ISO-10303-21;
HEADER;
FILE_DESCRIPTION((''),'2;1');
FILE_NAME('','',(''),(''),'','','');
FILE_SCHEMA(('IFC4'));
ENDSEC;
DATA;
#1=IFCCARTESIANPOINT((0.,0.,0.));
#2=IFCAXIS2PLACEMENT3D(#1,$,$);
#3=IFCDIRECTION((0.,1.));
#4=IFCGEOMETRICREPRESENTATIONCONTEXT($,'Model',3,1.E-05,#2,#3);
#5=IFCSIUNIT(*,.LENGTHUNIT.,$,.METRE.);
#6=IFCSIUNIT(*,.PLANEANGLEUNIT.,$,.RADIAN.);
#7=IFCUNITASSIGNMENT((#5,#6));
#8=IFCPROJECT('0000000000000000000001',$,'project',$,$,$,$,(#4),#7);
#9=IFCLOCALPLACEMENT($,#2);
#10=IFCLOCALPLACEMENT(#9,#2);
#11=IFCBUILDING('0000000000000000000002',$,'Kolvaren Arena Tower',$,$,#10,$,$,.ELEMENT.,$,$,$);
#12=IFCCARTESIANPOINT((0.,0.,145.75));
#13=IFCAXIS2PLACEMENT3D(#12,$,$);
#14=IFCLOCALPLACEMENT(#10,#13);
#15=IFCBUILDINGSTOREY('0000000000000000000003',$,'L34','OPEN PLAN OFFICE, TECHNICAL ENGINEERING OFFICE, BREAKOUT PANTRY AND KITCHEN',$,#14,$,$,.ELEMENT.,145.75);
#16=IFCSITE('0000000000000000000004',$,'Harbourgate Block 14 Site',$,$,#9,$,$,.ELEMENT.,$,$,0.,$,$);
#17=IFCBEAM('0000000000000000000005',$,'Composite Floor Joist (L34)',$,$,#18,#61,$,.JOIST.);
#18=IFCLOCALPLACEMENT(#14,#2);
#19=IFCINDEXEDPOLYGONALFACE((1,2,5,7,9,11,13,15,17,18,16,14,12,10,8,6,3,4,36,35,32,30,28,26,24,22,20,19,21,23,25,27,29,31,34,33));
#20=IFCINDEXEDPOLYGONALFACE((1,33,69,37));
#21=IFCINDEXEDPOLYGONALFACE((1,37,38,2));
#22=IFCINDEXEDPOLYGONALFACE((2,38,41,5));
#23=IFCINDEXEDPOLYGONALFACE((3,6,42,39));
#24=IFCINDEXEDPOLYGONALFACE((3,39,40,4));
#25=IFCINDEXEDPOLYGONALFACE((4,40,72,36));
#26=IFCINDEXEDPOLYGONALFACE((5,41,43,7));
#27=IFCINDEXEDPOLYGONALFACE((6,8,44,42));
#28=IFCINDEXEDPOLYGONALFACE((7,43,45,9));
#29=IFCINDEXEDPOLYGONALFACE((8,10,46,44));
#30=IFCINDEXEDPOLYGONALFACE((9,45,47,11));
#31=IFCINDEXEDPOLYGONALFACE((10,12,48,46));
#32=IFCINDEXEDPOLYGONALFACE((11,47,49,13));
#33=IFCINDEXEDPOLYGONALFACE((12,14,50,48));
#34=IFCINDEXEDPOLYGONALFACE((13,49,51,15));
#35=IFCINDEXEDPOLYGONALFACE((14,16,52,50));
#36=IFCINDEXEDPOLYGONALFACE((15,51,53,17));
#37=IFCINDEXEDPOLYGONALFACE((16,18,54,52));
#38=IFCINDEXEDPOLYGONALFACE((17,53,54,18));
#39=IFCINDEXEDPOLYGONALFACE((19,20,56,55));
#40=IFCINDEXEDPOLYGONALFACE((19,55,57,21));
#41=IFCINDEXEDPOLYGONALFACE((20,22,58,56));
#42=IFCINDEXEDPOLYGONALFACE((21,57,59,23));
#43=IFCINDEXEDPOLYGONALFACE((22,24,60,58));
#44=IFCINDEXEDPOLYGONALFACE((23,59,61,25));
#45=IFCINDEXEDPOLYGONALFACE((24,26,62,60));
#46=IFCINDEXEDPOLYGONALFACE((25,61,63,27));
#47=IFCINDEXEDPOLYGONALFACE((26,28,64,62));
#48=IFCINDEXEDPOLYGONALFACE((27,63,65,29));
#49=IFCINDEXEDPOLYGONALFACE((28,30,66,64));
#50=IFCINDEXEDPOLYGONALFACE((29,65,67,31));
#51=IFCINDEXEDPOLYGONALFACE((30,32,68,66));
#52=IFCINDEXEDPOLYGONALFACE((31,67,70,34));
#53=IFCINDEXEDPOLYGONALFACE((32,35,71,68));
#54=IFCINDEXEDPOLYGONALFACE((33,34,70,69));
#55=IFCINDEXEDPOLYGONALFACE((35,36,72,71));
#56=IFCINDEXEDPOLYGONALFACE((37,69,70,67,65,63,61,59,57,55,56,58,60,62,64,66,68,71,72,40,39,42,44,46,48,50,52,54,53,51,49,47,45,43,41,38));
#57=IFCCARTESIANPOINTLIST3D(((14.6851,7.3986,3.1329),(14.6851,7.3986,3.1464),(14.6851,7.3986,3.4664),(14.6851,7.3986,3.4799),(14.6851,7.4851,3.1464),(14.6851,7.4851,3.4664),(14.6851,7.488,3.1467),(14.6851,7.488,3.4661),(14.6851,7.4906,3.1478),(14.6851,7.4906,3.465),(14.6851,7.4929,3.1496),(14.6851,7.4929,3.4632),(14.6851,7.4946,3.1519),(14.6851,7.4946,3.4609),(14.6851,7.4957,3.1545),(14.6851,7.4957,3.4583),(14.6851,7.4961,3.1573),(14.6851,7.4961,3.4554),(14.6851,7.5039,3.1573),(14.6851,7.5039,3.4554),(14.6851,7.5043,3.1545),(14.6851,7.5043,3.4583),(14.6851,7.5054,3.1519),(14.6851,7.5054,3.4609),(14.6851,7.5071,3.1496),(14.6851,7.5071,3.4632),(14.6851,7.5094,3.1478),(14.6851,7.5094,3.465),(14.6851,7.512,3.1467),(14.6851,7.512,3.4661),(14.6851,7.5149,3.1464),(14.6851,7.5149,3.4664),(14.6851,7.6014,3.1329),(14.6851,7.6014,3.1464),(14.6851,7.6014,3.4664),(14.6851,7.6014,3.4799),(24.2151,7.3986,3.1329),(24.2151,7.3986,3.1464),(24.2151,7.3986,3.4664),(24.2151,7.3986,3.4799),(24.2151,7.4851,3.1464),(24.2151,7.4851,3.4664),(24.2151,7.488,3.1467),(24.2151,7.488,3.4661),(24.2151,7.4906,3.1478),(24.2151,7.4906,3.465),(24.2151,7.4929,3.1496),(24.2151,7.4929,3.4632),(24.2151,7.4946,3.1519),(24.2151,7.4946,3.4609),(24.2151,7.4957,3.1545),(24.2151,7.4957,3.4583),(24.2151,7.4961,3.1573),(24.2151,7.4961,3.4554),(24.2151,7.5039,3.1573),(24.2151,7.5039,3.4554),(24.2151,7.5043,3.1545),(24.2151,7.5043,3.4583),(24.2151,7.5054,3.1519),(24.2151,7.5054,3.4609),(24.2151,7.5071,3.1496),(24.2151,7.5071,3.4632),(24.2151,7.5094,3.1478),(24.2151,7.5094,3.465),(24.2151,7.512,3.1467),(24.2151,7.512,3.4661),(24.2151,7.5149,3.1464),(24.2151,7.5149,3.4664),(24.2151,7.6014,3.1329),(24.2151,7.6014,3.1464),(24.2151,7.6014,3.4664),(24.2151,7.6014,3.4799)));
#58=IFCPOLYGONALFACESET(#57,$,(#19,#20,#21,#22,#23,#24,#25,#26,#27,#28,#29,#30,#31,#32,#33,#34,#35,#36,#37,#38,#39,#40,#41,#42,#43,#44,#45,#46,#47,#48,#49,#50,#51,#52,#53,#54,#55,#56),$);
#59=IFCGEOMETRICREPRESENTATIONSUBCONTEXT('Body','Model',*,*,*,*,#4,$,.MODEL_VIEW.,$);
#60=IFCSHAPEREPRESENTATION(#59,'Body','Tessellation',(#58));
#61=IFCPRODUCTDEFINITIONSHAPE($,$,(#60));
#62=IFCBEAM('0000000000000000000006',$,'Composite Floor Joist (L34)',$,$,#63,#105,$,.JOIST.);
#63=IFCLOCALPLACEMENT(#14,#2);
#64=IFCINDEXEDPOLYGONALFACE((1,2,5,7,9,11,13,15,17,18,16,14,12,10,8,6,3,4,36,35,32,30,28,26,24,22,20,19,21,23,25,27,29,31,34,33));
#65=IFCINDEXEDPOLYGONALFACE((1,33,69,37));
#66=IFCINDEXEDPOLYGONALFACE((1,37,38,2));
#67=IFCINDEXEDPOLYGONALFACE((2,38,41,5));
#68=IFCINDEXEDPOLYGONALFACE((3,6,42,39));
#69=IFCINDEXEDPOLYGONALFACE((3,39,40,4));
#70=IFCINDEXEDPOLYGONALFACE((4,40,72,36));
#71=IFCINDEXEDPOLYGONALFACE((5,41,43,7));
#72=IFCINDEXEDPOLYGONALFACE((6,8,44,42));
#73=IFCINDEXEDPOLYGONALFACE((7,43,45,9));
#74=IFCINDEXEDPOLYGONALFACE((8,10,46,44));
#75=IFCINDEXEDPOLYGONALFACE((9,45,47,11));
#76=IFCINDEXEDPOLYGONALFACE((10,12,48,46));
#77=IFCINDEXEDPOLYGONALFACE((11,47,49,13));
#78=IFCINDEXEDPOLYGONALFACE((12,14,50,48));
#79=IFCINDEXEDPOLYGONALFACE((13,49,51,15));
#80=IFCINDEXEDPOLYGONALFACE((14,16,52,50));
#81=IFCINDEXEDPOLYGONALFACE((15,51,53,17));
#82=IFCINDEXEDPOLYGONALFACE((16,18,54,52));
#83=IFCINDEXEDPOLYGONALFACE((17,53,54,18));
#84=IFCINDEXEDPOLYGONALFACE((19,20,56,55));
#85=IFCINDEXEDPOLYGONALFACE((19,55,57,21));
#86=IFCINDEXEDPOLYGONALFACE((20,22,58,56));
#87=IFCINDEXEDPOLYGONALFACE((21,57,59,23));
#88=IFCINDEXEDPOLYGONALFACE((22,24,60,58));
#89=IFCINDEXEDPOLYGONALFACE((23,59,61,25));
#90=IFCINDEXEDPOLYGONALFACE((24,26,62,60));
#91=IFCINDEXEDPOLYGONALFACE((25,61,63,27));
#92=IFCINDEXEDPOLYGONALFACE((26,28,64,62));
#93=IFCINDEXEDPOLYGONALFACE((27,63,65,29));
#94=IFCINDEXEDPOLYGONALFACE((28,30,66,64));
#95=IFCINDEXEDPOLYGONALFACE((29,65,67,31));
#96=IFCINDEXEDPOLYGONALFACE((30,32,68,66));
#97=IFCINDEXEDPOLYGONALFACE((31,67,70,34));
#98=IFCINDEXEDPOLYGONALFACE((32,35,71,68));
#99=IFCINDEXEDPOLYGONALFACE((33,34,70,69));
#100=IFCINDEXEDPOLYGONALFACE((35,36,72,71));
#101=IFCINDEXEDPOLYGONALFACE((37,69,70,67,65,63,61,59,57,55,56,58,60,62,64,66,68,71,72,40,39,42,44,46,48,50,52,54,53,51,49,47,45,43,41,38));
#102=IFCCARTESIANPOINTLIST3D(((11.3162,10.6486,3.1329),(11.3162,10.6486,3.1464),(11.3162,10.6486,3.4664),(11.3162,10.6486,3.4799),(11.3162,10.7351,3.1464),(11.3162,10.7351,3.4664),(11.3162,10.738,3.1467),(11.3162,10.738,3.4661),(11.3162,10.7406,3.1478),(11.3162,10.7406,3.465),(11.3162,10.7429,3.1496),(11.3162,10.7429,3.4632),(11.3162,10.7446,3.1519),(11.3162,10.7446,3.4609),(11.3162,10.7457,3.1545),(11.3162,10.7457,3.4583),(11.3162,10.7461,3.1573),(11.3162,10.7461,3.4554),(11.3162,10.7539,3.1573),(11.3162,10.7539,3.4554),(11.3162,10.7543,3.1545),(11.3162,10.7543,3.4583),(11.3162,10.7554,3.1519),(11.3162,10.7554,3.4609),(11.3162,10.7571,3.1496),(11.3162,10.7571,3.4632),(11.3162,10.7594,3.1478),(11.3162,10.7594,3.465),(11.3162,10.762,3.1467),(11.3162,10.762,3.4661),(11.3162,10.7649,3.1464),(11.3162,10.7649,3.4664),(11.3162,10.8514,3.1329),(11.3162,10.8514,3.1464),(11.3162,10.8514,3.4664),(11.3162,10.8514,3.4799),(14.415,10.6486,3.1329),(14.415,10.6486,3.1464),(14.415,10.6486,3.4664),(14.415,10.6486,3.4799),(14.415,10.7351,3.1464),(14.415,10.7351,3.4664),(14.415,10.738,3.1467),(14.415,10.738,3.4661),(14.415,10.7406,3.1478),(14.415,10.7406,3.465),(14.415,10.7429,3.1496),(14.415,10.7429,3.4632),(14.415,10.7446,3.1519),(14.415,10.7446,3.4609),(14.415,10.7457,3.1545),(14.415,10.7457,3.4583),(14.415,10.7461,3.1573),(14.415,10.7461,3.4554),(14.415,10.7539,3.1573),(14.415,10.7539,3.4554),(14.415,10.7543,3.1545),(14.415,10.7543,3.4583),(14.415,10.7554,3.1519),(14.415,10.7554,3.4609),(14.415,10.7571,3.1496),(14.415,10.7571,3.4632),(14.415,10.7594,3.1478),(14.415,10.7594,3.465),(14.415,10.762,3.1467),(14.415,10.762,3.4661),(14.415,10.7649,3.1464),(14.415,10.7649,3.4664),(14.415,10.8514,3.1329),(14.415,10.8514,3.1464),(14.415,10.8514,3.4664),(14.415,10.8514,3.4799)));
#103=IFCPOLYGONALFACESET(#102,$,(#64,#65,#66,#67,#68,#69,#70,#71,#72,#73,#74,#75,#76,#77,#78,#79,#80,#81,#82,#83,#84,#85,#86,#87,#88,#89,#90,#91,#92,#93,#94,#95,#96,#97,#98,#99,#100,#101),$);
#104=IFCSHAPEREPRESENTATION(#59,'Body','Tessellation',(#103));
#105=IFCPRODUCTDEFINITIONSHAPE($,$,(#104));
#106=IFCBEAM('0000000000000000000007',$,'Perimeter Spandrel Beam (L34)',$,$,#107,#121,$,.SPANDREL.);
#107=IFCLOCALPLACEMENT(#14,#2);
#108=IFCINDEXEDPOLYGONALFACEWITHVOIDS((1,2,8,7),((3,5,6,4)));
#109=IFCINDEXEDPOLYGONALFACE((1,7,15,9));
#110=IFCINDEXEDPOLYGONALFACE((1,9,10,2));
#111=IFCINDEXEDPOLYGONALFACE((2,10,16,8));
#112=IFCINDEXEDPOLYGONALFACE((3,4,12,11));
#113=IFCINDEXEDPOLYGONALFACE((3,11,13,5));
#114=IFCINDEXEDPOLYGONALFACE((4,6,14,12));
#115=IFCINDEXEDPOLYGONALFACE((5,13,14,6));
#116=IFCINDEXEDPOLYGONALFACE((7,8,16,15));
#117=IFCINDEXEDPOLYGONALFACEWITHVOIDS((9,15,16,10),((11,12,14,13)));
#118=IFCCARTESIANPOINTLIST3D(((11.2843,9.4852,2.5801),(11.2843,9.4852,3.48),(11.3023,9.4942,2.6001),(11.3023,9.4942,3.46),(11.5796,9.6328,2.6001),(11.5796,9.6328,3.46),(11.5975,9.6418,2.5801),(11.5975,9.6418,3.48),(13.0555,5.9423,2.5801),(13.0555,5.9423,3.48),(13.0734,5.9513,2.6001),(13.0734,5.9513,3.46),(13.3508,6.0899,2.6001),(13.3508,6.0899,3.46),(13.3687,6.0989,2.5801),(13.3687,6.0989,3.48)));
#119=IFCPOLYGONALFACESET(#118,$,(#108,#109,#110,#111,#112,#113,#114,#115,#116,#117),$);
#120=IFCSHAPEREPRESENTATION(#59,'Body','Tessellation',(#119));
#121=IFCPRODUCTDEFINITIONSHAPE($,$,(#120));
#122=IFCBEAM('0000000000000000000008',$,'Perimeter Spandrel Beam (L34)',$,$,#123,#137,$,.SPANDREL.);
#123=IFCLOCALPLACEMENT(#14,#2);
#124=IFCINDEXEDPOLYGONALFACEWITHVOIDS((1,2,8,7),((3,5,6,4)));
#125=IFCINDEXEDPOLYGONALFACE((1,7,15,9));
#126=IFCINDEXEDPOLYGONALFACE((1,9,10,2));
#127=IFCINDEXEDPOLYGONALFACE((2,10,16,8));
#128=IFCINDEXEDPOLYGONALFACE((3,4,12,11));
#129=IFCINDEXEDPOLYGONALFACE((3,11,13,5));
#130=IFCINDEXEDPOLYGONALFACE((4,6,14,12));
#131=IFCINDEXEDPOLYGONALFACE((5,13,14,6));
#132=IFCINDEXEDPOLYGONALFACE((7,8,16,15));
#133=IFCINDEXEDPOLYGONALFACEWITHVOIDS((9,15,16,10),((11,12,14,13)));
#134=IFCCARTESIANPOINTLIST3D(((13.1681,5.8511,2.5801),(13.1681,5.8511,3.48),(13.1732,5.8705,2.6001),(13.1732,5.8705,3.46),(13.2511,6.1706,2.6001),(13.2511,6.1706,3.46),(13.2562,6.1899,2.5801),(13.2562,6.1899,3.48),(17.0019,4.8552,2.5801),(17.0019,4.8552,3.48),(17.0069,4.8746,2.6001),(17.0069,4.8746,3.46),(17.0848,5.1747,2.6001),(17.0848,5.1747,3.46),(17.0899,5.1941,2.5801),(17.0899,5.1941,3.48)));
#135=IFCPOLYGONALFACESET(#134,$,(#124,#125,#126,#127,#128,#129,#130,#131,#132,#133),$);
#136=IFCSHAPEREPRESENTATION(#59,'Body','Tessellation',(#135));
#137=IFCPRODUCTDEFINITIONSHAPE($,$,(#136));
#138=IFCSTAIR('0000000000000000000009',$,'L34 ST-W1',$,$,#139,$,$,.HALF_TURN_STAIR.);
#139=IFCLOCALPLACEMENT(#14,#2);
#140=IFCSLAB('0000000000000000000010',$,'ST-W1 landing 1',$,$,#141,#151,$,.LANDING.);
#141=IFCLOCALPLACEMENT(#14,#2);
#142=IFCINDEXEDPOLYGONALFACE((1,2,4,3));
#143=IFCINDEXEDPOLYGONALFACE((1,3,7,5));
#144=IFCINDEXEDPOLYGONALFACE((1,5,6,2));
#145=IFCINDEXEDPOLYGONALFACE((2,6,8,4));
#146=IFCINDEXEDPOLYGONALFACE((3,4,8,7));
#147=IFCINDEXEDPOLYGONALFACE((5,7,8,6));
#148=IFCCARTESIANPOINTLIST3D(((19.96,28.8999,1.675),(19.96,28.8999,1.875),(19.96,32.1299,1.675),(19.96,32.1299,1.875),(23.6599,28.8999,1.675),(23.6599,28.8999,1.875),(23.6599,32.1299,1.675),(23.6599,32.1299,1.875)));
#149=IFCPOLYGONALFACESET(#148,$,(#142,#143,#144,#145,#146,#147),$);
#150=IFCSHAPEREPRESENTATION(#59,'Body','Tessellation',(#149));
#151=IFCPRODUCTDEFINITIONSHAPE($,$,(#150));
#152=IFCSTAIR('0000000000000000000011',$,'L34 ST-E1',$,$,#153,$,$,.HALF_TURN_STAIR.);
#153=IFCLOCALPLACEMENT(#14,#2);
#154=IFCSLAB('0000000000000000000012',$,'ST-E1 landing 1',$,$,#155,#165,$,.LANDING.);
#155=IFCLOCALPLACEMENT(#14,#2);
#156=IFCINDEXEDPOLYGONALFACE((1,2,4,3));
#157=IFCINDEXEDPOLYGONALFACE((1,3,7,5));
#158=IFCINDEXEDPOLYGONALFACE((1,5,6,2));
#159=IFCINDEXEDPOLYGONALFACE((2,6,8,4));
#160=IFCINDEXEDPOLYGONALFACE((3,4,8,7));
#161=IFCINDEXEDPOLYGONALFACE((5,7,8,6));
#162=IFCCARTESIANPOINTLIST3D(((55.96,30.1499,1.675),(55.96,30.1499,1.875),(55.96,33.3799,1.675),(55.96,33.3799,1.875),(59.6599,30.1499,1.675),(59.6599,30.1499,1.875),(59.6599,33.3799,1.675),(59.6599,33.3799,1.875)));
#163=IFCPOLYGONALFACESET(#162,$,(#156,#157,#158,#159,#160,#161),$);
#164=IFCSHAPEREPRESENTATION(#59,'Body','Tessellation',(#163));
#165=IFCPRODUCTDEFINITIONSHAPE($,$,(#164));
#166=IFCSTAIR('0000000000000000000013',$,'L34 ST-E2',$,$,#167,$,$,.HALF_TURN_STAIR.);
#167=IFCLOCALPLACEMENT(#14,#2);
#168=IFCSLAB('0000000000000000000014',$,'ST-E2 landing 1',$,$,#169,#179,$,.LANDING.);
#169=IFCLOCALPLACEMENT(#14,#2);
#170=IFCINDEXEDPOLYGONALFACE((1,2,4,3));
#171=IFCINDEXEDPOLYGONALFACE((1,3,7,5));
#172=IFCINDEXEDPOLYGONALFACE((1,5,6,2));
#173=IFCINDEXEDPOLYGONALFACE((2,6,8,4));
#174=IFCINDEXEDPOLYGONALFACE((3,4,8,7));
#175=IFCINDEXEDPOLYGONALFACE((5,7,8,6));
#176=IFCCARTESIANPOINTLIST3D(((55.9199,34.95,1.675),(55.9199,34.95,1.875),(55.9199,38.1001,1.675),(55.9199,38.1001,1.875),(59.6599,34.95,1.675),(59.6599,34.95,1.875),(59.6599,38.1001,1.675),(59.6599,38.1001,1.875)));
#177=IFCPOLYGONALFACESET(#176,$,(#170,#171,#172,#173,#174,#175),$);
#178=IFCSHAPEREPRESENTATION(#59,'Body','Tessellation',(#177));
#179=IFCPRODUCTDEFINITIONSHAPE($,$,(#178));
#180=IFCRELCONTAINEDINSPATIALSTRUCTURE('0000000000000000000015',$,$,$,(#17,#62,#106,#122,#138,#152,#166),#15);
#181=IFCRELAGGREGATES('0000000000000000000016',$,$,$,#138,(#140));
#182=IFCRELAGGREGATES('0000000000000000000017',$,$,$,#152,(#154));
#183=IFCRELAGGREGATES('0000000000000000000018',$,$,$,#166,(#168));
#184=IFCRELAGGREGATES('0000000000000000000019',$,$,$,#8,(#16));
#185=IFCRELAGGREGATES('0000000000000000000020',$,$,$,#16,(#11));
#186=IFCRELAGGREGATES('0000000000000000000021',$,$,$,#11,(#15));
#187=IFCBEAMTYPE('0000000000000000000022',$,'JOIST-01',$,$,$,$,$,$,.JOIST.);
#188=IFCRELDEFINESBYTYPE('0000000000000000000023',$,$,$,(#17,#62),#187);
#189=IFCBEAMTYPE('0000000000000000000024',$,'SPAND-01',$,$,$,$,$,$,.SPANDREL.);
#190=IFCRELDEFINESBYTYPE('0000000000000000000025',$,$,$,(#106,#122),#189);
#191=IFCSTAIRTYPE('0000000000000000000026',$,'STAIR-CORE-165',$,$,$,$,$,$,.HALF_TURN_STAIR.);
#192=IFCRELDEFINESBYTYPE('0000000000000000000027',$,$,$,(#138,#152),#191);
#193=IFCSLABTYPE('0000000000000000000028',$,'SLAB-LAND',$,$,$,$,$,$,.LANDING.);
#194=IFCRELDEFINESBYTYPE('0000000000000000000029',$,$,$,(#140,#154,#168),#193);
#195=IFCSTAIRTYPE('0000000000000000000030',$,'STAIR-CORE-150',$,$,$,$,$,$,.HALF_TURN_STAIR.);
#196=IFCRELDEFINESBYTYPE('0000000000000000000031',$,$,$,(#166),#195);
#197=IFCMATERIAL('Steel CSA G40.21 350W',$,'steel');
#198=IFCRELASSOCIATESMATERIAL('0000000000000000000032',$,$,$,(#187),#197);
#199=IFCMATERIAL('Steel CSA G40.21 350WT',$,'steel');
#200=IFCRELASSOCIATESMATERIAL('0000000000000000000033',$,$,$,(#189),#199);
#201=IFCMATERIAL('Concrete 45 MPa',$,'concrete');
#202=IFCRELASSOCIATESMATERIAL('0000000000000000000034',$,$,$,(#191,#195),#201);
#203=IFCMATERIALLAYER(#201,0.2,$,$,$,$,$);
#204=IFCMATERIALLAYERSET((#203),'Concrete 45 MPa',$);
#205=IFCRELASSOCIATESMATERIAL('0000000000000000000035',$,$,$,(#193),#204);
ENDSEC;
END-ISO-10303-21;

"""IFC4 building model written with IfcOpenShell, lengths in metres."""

from ifc_helpers import new_model, si_unit, direction, frame, origin, origin_2d, place, context, subcontext, project, spatial, polyline, hollow_rectangle, i_section, outline, extrude, material, layer, layer_set, material_profile, profile_set, type_object, element, aggregate, save


model = new_model("IFC4")

# Units and contexts
model_context = context("Model", 3, precision=1e-05, world=origin(), true_north=direction((0.0, 1.0)))
body_context = subcontext(model_context, "Body", "Model", "MODEL_VIEW")
ifc_project = project(units=[si_unit("LENGTHUNIT", "METRE"), si_unit("PLANEANGLEUNIT", "RADIAN")], contexts=[model_context])

# Site, building, storey
site_placement = place(None, origin())
site = spatial("IfcSite", under=ifc_project, at=site_placement, Name="Harbourgate Block 14 Site", CompositionType="ELEMENT", RefElevation=0.0)
building_placement = place(site_placement, origin())
building = spatial("IfcBuilding", under=site, at=building_placement, Name="Kolvaren Arena Tower", CompositionType="ELEMENT")
storey_placement = place(building_placement, frame((0.0, 0.0, 145.75)))
storey = spatial("IfcBuildingStorey", under=building, at=storey_placement, Name="L34", Description="OPEN PLAN OFFICE, TECHNICAL ENGINEERING OFFICE, BREAKOUT PANTRY AND KITCHEN", CompositionType="ELEMENT", Elevation=145.75)

# Beams
ifc_material_1 = material(Name="Steel CSA G40.21 350W", Category="steel")
ifc_material_profile_1 = material_profile(ifc_material_1, i_section(OverallWidth=0.2029, OverallDepth=0.3469, WebThickness=0.0078, FlangeThickness=0.0134, FilletRadius=0.011, at=origin_2d()), Name="W360x64")
ifc_profile_set_1 = profile_set([ifc_material_profile_1], Name="Steel CSA G40.21 350W")
beam_type_1 = type_object("IfcBeamType", Name="JOIST-01", PredefinedType="JOIST", material=ifc_profile_set_1)
beam_1_placement = place(storey_placement, frame((14.6851, 7.5, 3.3064), z_axis=(1.0, 0.0, 0.0), x_axis=(0.0, 1.0, 0.0)))
element("IfcBeam", 1, at=beam_1_placement, inside=storey, type_object=beam_type_1, Name="Composite Floor Joist (L34)", PredefinedType="JOIST", context=body_context, shape_type="SweptSolid", body=[
    extrude(i_section(OverallWidth=0.2029, OverallDepth=0.3469, WebThickness=0.0078, FlangeThickness=0.0134, FilletRadius=0.011, at=origin_2d()), origin(), (0.0, 0.0, 1.0), 9.53),
])
beam_2_placement = place(storey_placement, frame((11.3162, 10.75, 3.3064), z_axis=(1.0, 0.0, 0.0), x_axis=(0.0, 1.0, 0.0)))
element("IfcBeam", 2, at=beam_2_placement, inside=storey, type_object=beam_type_1, Name="Composite Floor Joist (L34)", PredefinedType="JOIST", context=body_context, shape_type="SweptSolid", body=[
    extrude(i_section(OverallWidth=0.2029, OverallDepth=0.3469, WebThickness=0.0078, FlangeThickness=0.0134, FilletRadius=0.011, at=origin_2d()), origin(), (0.0, 0.0, 1.0), 3.0989),
])
ifc_material_2 = material(Name="Steel CSA G40.21 350WT", Category="steel")
ifc_material_profile_2 = material_profile(ifc_material_2, hollow_rectangle(XDim=0.3501, YDim=0.8999, WallThickness=0.02, at=origin_2d()), Name="HSS 900x350x20")
ifc_profile_set_2 = profile_set([ifc_material_profile_2], Name="Steel CSA G40.21 350WT")
beam_type_2 = type_object("IfcBeamType", Name="SPAND-01", PredefinedType="SPANDREL", material=ifc_profile_set_2)
for number, where, z_axis, x_axis, name in (
    (3, (11.4409, 9.5635, 3.03), (0.447164, -0.894452, 0.0), (0.894452, 0.447164, 0.0), "Perimeter Spandrel Beam (L34)"),
    (4, (13.2122, 6.0205, 3.03), (0.967879, -0.251416, 0.0), (0.251416, 0.967879, 0.0), "Perimeter Spandrel Beam (L34)"),
):
    element("IfcBeam", number, at=place(storey_placement, frame(where, z_axis=z_axis, x_axis=x_axis)), inside=storey, type_object=beam_type_2, Name=name, PredefinedType="SPANDREL", context=body_context, shape_type="SweptSolid", body=[
        extrude(hollow_rectangle(XDim=0.3501, YDim=0.8999, WallThickness=0.02, at=origin_2d()), origin(), (0.0, 0.0, 1.0), 3.9609),
    ])

# Stairs, slabs
ifc_material_3 = material(Name="Concrete 45 MPa", Category="concrete")
stair_type_1 = type_object("IfcStairType", Name="STAIR-CORE-165", PredefinedType="HALF_TURN_STAIR", material=ifc_material_3)
stair_1_placement = place(storey_placement, origin())
stair_1 = element("IfcStair", 5, at=stair_1_placement, inside=storey, type_object=stair_type_1, Name="L34 ST-W1", PredefinedType="HALF_TURN_STAIR")
ifc_layer_1 = layer(ifc_material_3, 0.2)
ifc_layer_set_1 = layer_set([ifc_layer_1], Name="Concrete 45 MPa")
slab_type_1 = type_object("IfcSlabType", Name="SLAB-LAND", PredefinedType="LANDING", material=ifc_layer_set_1)
slab_1_placement = place(storey_placement, frame((0.0, 0.0, 1.675)))
slab_1 = element("IfcSlab", 6, at=slab_1_placement, type_object=slab_type_1, Name="ST-W1 landing 1", PredefinedType="LANDING", context=body_context, shape_type="SweptSolid", body=[
    extrude(outline(polyline([(19.96, 28.8999), (23.6599, 28.8999), (23.6599, 32.1299), (19.96, 32.1299), (19.96, 28.8999)])), origin(), (0.0, 0.0, 1.0), 0.2),
])
aggregate(stair_1, [slab_1])
stair_2_placement = place(storey_placement, origin())
stair_2 = element("IfcStair", 7, at=stair_2_placement, inside=storey, type_object=stair_type_1, Name="L34 ST-E1", PredefinedType="HALF_TURN_STAIR")
slab_2_placement = place(storey_placement, frame((0.0, 0.0, 1.675)))
slab_2 = element("IfcSlab", 8, at=slab_2_placement, type_object=slab_type_1, Name="ST-E1 landing 1", PredefinedType="LANDING", context=body_context, shape_type="SweptSolid", body=[
    extrude(outline(polyline([(55.96, 30.1499), (59.6599, 30.1499), (59.6599, 33.3799), (55.96, 33.3799), (55.96, 30.1499)])), origin(), (0.0, 0.0, 1.0), 0.2),
])
aggregate(stair_2, [slab_2])
stair_type_2 = type_object("IfcStairType", Name="STAIR-CORE-150", PredefinedType="HALF_TURN_STAIR", material=ifc_material_3)
stair_3_placement = place(storey_placement, origin())
stair_3 = element("IfcStair", 9, at=stair_3_placement, inside=storey, type_object=stair_type_2, Name="L34 ST-E2", PredefinedType="HALF_TURN_STAIR")
slab_3_placement = place(storey_placement, frame((0.0, 0.0, 1.675)))
slab_3 = element("IfcSlab", 10, at=slab_3_placement, type_object=slab_type_1, Name="ST-E2 landing 1", PredefinedType="LANDING", context=body_context, shape_type="SweptSolid", body=[
    extrude(outline(polyline([(55.9199, 34.95), (59.6599, 34.95), (59.6599, 38.1001), (55.9199, 38.1001), (55.9199, 34.95)])), origin(), (0.0, 0.0, 1.0), 0.2),
])
aggregate(stair_3, [slab_3])

save(model, "model.ifc")
